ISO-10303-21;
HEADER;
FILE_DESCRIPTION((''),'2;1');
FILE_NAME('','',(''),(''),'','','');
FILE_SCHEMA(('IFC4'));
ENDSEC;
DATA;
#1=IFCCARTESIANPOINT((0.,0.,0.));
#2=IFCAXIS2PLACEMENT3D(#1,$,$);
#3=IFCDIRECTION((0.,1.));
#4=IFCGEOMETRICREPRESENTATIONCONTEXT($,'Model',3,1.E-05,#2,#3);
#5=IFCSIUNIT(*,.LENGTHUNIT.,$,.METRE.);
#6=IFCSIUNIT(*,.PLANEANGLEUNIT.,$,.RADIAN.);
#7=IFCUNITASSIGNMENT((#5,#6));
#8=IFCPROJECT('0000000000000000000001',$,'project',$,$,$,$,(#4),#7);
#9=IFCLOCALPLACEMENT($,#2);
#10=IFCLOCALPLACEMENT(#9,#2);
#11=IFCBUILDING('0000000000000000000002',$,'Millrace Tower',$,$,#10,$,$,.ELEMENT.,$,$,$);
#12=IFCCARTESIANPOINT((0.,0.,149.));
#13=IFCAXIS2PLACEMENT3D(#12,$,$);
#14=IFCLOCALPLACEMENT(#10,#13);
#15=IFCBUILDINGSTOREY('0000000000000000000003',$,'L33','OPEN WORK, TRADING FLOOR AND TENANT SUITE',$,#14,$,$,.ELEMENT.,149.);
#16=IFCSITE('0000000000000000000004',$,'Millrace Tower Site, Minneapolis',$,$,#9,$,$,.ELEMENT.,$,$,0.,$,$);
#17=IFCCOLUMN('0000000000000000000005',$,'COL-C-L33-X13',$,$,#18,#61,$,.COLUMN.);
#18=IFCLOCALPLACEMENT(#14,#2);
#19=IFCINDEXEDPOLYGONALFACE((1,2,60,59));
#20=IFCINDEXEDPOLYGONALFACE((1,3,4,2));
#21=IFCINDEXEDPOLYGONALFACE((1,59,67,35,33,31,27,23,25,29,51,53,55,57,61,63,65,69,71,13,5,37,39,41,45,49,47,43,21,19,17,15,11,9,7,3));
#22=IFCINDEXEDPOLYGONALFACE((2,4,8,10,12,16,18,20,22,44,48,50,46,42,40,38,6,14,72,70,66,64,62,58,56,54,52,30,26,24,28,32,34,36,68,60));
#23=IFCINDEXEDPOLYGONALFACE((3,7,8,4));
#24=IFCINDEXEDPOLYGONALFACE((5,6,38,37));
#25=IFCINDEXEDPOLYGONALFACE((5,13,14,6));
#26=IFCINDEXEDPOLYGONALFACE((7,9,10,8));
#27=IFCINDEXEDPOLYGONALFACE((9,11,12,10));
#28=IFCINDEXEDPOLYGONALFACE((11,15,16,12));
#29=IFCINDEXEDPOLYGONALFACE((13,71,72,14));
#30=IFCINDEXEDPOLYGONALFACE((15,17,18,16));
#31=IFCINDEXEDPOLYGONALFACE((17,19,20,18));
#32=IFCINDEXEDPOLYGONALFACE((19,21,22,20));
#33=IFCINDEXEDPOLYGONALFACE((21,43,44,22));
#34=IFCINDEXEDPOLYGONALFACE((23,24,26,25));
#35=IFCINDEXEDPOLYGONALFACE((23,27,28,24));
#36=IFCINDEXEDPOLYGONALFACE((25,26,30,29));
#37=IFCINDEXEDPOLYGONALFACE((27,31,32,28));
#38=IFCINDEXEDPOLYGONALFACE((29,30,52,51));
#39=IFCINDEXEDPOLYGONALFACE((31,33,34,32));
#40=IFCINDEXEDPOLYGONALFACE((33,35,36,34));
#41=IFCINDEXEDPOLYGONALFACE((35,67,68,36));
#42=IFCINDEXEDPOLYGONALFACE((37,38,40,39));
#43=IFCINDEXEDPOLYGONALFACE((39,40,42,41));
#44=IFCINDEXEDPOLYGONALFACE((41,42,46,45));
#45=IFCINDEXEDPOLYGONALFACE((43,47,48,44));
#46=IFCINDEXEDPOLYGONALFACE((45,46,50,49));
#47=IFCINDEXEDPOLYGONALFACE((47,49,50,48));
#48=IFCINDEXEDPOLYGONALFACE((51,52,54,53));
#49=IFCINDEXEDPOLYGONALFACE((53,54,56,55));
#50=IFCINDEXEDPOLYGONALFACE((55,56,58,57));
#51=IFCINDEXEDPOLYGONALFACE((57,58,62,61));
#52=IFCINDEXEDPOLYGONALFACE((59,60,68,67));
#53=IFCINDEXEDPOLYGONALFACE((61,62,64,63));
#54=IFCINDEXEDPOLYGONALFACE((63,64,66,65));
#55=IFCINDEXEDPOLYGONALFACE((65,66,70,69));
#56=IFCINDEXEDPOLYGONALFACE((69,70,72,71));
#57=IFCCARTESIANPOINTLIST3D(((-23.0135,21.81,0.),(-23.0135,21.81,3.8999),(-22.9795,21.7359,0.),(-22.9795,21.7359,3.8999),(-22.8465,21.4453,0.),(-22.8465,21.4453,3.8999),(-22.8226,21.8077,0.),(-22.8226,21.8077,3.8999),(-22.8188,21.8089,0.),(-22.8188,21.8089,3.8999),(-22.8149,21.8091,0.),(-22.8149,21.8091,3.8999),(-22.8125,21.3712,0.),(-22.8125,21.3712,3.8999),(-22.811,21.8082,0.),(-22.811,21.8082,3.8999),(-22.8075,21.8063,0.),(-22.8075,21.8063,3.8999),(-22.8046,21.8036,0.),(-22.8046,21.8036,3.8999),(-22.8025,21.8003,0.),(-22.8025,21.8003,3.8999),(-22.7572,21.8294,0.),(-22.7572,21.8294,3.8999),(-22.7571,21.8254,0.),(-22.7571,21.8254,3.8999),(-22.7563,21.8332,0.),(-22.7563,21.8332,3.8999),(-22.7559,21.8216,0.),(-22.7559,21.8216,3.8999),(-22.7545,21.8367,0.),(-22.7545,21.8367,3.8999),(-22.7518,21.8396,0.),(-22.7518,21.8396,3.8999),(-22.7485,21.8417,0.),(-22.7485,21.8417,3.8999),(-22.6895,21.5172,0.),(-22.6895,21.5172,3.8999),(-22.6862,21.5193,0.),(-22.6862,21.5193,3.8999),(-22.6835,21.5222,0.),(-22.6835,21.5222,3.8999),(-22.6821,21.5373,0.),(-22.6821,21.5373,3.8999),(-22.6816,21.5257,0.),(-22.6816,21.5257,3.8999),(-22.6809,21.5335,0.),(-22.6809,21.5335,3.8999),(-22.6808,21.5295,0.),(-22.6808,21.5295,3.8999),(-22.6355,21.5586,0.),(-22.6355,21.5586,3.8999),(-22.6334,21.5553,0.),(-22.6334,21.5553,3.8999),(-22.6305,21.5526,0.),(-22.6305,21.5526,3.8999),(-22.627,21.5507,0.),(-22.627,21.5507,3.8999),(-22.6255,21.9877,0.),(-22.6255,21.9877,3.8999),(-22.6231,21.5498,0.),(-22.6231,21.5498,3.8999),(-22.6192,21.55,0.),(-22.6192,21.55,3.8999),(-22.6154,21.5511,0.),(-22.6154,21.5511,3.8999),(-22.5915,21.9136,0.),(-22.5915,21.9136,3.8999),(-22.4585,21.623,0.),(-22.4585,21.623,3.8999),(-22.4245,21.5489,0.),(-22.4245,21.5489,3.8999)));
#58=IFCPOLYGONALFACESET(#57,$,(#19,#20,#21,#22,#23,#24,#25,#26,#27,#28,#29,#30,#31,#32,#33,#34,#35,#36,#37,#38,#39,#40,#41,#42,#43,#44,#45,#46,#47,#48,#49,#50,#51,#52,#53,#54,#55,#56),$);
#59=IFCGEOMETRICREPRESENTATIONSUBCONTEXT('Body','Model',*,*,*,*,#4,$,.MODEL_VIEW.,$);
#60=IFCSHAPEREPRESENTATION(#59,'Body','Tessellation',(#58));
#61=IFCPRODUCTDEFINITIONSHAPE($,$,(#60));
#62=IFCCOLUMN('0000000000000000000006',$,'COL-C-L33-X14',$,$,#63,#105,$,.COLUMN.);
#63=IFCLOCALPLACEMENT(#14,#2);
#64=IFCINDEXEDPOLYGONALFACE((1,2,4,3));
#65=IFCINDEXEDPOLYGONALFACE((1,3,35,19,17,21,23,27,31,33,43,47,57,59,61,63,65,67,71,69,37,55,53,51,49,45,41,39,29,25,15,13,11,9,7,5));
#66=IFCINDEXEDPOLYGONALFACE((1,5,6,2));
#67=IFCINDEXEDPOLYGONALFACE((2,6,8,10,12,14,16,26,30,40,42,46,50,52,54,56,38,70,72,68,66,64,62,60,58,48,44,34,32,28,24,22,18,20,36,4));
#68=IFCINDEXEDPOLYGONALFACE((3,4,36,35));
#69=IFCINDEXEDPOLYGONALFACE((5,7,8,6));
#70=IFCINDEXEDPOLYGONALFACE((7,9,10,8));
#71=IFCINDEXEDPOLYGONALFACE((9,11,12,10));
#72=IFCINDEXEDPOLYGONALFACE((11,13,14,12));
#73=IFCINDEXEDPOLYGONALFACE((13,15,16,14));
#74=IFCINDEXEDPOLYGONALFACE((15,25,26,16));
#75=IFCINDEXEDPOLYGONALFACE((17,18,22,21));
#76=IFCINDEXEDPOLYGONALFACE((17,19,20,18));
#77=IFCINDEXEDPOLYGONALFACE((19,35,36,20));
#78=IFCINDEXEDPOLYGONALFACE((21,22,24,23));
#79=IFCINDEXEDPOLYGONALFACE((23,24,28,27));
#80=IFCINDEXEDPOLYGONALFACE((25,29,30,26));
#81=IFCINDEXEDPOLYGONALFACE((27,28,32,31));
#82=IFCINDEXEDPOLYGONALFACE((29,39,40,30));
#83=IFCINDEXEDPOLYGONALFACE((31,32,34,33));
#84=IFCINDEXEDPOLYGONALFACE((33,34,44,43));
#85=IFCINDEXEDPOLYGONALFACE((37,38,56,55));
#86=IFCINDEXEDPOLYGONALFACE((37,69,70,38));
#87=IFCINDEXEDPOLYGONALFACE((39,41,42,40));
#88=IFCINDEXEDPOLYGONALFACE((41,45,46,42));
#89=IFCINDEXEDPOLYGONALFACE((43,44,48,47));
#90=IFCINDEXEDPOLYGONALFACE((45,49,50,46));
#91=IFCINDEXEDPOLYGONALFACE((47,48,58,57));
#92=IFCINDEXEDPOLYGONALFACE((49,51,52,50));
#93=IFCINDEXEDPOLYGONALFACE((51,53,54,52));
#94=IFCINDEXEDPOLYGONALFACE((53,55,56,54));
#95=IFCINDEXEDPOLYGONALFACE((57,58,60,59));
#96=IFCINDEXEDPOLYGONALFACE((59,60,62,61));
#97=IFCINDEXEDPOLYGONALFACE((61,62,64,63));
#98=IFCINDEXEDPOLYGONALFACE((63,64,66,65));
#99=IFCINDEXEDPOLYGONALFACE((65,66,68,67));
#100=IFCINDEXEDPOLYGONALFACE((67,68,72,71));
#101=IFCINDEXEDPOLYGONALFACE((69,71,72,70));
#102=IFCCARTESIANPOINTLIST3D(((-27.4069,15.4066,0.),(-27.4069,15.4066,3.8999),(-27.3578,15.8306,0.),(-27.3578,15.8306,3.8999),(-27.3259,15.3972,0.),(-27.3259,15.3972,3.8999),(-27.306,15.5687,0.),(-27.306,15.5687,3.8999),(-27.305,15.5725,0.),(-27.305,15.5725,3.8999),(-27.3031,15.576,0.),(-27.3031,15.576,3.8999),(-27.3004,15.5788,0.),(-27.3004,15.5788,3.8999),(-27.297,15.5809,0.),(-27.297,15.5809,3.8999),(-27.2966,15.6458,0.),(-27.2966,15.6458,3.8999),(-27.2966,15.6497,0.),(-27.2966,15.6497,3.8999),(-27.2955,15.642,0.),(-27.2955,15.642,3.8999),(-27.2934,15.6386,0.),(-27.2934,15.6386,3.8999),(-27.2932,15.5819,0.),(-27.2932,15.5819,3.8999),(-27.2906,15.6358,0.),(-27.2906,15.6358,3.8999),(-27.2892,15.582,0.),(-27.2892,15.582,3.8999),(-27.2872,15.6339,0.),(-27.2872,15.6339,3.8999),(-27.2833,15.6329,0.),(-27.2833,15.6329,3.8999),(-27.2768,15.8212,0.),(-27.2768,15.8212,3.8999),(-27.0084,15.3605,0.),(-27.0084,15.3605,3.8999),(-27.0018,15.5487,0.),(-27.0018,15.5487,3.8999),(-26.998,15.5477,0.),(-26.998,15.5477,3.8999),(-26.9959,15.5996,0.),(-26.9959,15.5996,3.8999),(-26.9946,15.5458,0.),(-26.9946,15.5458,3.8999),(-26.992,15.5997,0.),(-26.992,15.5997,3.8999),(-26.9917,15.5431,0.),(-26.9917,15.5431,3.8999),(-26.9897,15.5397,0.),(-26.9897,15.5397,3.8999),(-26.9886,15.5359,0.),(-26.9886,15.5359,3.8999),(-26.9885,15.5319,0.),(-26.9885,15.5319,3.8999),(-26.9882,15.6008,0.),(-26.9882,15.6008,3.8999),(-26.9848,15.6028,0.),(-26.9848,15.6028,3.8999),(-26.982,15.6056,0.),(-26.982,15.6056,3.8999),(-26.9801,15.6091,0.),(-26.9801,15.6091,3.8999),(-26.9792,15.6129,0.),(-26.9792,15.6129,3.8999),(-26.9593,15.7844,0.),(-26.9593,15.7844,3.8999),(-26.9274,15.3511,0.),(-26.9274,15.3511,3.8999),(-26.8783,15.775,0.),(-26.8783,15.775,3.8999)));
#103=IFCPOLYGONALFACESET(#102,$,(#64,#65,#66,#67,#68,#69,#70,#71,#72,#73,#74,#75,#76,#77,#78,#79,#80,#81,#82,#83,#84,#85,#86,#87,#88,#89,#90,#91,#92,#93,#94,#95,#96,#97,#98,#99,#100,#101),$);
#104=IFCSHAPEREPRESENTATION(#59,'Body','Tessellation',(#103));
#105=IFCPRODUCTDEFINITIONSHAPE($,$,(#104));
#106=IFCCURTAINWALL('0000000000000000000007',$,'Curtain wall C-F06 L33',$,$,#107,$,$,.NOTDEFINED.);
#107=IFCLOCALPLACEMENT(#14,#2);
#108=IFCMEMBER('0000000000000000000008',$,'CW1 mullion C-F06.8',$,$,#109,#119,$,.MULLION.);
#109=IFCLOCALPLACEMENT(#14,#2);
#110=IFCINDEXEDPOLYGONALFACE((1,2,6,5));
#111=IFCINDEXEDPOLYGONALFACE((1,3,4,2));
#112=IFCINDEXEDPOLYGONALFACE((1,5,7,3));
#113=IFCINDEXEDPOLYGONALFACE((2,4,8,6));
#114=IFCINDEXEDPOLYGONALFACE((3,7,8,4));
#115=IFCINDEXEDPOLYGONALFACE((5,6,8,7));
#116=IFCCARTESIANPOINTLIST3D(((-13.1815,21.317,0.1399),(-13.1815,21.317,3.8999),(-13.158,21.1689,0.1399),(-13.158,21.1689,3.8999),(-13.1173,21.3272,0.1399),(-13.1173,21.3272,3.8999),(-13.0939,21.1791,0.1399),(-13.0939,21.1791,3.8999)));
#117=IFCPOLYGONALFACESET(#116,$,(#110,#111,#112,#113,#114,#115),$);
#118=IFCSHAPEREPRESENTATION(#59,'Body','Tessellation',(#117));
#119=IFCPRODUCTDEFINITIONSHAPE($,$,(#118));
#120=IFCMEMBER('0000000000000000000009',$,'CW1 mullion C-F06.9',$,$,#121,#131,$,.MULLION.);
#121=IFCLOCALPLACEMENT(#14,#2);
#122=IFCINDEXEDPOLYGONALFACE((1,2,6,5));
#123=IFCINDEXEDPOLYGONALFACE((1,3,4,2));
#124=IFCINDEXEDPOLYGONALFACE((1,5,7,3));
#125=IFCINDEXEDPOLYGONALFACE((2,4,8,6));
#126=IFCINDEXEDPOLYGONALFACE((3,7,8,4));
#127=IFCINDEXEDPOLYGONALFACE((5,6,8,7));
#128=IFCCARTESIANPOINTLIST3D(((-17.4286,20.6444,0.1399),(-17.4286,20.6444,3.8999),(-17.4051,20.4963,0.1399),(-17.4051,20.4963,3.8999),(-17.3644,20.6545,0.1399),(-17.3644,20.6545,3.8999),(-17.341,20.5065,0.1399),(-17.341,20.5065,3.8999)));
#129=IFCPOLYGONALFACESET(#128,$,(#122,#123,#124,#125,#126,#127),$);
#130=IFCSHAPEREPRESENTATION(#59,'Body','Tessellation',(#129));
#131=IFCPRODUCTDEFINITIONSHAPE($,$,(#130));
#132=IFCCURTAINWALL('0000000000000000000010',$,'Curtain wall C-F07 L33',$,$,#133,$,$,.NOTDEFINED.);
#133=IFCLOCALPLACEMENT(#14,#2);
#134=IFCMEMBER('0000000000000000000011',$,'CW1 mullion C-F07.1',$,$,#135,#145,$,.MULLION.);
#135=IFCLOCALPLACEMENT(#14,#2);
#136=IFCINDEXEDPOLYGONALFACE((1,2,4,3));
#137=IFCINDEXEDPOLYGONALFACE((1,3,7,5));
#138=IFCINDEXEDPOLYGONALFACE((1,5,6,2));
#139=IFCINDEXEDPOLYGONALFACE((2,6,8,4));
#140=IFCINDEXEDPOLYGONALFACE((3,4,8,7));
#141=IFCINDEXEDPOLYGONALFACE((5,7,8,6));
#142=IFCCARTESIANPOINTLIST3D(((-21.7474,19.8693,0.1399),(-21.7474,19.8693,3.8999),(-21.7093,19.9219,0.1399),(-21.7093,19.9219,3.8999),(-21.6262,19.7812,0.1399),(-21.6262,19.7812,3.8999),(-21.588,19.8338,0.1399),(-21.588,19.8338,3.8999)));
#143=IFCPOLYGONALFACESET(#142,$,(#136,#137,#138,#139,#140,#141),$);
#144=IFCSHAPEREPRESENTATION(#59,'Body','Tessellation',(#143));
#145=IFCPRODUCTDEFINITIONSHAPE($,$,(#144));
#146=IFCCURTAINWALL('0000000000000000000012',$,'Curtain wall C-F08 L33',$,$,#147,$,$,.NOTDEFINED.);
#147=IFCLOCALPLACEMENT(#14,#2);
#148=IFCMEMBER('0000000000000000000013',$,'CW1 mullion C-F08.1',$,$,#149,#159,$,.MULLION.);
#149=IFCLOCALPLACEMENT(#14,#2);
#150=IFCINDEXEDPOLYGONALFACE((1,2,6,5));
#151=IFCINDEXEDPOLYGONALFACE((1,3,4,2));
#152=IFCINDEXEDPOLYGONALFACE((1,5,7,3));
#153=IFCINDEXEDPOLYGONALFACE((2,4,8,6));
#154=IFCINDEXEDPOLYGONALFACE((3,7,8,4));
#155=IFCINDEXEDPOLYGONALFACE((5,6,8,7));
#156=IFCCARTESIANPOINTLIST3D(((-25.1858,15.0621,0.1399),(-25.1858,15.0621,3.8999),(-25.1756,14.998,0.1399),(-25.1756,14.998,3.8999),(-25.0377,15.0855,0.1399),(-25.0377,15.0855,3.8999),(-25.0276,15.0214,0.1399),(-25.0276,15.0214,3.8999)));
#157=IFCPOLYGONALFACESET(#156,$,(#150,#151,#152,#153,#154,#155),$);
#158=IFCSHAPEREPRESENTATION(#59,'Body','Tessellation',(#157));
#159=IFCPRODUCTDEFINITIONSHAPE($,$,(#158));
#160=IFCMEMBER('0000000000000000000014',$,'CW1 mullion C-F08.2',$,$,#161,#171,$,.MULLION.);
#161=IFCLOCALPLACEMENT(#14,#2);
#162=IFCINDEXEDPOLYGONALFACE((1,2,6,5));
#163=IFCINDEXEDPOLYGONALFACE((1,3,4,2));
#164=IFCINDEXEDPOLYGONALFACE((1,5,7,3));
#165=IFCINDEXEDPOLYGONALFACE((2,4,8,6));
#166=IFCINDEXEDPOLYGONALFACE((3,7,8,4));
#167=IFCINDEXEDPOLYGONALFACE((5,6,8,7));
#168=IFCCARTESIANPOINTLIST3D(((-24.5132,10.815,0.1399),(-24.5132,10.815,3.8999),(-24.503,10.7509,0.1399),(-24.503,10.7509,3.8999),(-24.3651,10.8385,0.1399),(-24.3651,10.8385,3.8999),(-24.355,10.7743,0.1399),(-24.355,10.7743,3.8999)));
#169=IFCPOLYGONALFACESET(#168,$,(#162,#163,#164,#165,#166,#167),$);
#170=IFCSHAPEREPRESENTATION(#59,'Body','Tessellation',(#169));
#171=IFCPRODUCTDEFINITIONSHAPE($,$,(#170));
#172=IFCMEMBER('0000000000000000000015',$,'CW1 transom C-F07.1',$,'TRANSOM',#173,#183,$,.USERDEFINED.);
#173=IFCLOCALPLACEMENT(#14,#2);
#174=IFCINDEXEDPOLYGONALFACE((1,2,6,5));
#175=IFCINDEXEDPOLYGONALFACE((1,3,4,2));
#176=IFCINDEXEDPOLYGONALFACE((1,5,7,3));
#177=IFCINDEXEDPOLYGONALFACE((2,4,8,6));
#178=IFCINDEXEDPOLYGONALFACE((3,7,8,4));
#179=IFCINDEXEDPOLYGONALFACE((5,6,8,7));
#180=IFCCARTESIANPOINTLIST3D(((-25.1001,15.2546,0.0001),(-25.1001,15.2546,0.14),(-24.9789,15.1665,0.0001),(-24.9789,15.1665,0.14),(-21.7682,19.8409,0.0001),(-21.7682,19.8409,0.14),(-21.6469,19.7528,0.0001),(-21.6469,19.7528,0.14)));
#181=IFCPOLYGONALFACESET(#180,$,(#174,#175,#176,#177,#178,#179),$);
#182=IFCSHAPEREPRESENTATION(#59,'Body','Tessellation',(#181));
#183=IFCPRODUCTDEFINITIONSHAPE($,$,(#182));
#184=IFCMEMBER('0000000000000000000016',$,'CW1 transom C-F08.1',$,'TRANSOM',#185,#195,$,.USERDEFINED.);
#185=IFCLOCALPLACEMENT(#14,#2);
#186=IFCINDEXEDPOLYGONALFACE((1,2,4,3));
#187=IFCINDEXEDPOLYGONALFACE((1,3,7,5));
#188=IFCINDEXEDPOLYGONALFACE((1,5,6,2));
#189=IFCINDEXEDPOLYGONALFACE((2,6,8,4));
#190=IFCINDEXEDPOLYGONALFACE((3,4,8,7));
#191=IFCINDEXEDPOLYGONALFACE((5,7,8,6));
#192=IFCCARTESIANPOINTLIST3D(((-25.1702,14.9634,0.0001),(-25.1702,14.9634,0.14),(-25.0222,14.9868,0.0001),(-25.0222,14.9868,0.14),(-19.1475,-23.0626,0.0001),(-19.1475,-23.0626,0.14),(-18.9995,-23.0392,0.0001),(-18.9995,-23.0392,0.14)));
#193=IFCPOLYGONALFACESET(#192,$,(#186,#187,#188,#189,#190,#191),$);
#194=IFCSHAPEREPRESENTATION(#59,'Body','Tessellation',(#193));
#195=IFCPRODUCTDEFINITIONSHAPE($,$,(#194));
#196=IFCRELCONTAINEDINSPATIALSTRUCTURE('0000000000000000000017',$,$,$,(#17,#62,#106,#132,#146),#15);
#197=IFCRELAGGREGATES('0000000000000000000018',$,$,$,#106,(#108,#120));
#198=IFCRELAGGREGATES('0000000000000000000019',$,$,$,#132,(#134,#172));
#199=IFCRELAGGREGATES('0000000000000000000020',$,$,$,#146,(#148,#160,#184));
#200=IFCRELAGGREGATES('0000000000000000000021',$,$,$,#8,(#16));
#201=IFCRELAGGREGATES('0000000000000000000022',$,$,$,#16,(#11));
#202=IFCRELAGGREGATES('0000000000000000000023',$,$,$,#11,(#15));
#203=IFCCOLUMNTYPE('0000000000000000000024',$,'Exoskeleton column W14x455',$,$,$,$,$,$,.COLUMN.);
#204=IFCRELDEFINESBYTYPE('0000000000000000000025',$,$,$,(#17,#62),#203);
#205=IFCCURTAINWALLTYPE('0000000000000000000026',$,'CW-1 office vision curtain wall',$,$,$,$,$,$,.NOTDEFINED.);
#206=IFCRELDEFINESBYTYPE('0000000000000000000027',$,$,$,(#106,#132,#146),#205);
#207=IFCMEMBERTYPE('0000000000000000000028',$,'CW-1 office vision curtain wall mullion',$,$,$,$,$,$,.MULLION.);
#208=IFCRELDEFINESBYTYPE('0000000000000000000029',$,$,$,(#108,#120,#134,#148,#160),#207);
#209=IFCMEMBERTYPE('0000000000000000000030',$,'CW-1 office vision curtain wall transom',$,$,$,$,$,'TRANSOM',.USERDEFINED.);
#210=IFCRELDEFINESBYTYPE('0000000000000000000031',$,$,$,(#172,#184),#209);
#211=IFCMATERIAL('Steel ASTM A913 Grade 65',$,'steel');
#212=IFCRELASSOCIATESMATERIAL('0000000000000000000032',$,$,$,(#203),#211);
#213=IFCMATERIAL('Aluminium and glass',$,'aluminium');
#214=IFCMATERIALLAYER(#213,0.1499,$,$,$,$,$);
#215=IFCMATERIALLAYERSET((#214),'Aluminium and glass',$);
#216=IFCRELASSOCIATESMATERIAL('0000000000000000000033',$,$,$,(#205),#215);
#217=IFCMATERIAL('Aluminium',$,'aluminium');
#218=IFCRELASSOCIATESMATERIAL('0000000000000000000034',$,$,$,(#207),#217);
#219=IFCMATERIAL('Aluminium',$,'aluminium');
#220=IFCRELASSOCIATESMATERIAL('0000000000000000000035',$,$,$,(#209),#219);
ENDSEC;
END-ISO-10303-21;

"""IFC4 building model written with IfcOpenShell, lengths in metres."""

from ifc_helpers import new_model, si_unit, direction, frame, origin, origin_2d, place, context, subcontext, project, spatial, rectangle, i_section, extrude, material, layer, layer_set, material_profile, profile_set, type_object, element, aggregate, save


model = new_model("IFC4")

# Units and contexts
model_context = context("Model", 3, precision=1e-05, world=origin(), true_north=direction((0.0, 1.0)))
body_context = subcontext(model_context, "Body", "Model", "MODEL_VIEW")
ifc_project = project(units=[si_unit("LENGTHUNIT", "METRE"), si_unit("PLANEANGLEUNIT", "RADIAN")], contexts=[model_context])

# Site, building, storey
site_placement = place(None, origin())
site = spatial("IfcSite", under=ifc_project, at=site_placement, Name="Millrace Tower Site, Minneapolis", CompositionType="ELEMENT", RefElevation=0.0)
building_placement = place(site_placement, origin())
building = spatial("IfcBuilding", under=site, at=building_placement, Name="Millrace Tower", CompositionType="ELEMENT")
storey_placement = place(building_placement, frame((0.0, 0.0, 149.0)))
storey = spatial("IfcBuildingStorey", under=building, at=storey_placement, Name="L33", Description="OPEN WORK, TRADING FLOOR AND TENANT SUITE", CompositionType="ELEMENT", Elevation=149.0)

# Columns
ifc_material_1 = material(Name="Steel ASTM A913 Grade 65", Category="steel")
ifc_material_profile_1 = material_profile(ifc_material_1, i_section(OverallWidth=0.4268, OverallDepth=0.4827, WebThickness=0.0513, FlangeThickness=0.0815, FilletRadius=0.0151, at=origin_2d()))
ifc_profile_set_1 = profile_set([ifc_material_profile_1], Name="Steel ASTM A913 Grade 65")
column_type = type_object("IfcColumnType", Name="Exoskeleton column W14x455", PredefinedType="COLUMN", material=ifc_profile_set_1)
for number, where, z_axis, x_axis, name in (
    (1, (-22.719, 21.6794, 0.0), (0.0, 0.0, 1.0), (-0.909181, -0.416401, 0.0), "COL-C-L33-X13"),
    (2, (-27.1426, 15.5908, 0.0), (0.0, 0.0, 1.0), (-0.115069, -0.993358, 0.0), "COL-C-L33-X14"),
):
    element("IfcColumn", number, at=place(storey_placement, frame(where, z_axis=z_axis, x_axis=x_axis)), inside=storey, type_object=column_type, Name=name, PredefinedType="COLUMN", context=body_context, shape_type="SweptSolid", body=[
        extrude(i_section(OverallWidth=0.4268, OverallDepth=0.4827, WebThickness=0.0513, FlangeThickness=0.0815, FilletRadius=0.0151, at=origin_2d()), origin(), (0.0, 0.0, 1.0), 3.8999),
    ])

# Curtain wall, members
ifc_material_2 = material(Name="Aluminium and glass", Category="aluminium")
ifc_layer_1 = layer(ifc_material_2, 0.1499)
ifc_layer_set_1 = layer_set([ifc_layer_1], Name="Aluminium and glass")
curtain_wall_type = type_object("IfcCurtainWallType", Name="CW-1 office vision curtain wall", PredefinedType="NOTDEFINED", material=ifc_layer_set_1)
placement = place(storey_placement, origin())
curtain_wall_1 = element("IfcCurtainWall", 3, at=placement, inside=storey, type_object=curtain_wall_type, Name="Curtain wall C-F06 L33", PredefinedType="NOTDEFINED")
ifc_material_3 = material(Name="Aluminium", Category="aluminium")
ifc_material_profile_2 = material_profile(ifc_material_3, rectangle(XDim=0.0649, YDim=0.1499, at=origin_2d()))
ifc_profile_set_2 = profile_set([ifc_material_profile_2], Name="Aluminium")
member_type_1 = type_object("IfcMemberType", Name="CW-1 office vision curtain wall mullion", PredefinedType="MULLION", material=ifc_profile_set_2)
member_1_placement = place(storey_placement, frame((-13.1377, 21.248, 0.1399), z_axis=(0.0, 0.0, 1.0), x_axis=(-0.987688, -0.156434, 0.0)))
member_1 = element("IfcMember", 4, at=member_1_placement, type_object=member_type_1, Name="CW1 mullion C-F06.8", PredefinedType="MULLION", context=body_context, shape_type="SweptSolid", body=[
    extrude(rectangle(XDim=0.0649, YDim=0.1499, at=origin_2d()), origin(), (0.0, 0.0, 1.0), 3.76),
])
member_2_placement = place(storey_placement, frame((-17.3848, 20.5754, 0.1399), z_axis=(0.0, 0.0, 1.0), x_axis=(-0.987688, -0.156434, 0.0)))
member_2 = element("IfcMember", 5, at=member_2_placement, type_object=member_type_1, Name="CW1 mullion C-F06.9", PredefinedType="MULLION", context=body_context, shape_type="SweptSolid", body=[
    extrude(rectangle(XDim=0.0649, YDim=0.1499, at=origin_2d()), origin(), (0.0, 0.0, 1.0), 3.76),
])
aggregate(curtain_wall_1, [member_1, member_2])

# Curtain wall, member
curtain_wall_2 = element("IfcCurtainWall", 6, at=placement, inside=storey, type_object=curtain_wall_type, Name="Curtain wall C-F07 L33", PredefinedType="NOTDEFINED")
member_3_placement = place(storey_placement, frame((-21.6677, 19.8516, 0.1399), z_axis=(0.0, 0.0, 1.0), x_axis=(-0.587785, -0.809017, 0.0)))
member_3 = element("IfcMember", 7, at=member_3_placement, type_object=member_type_1, Name="CW1 mullion C-F07.1", PredefinedType="MULLION", context=body_context, shape_type="SweptSolid", body=[
    extrude(rectangle(XDim=0.0649, YDim=0.1499, at=origin_2d()), origin(), (0.0, 0.0, 1.0), 3.76),
])

# Curtain wall, members
curtain_wall_3 = element("IfcCurtainWall", 8, at=placement, inside=storey, type_object=curtain_wall_type, Name="Curtain wall C-F08 L33", PredefinedType="NOTDEFINED")
member_4_placement = place(storey_placement, frame((-25.1067, 15.0417, 0.1399), z_axis=(0.0, 0.0, 1.0), x_axis=(0.156434, -0.987688, 0.0)))
member_4 = element("IfcMember", 9, at=member_4_placement, type_object=member_type_1, Name="CW1 mullion C-F08.1", PredefinedType="MULLION", context=body_context, shape_type="SweptSolid", body=[
    extrude(rectangle(XDim=0.0649, YDim=0.1499, at=origin_2d()), origin(), (0.0, 0.0, 1.0), 3.76),
])
member_5_placement = place(storey_placement, frame((-24.4341, 10.7947, 0.1399), z_axis=(0.0, 0.0, 1.0), x_axis=(0.156434, -0.987688, 0.0)))
member_5 = element("IfcMember", 10, at=member_5_placement, type_object=member_type_1, Name="CW1 mullion C-F08.2", PredefinedType="MULLION", context=body_context, shape_type="SweptSolid", body=[
    extrude(rectangle(XDim=0.0649, YDim=0.1499, at=origin_2d()), origin(), (0.0, 0.0, 1.0), 3.76),
])

# Members
ifc_material_4 = material(Name="Aluminium", Category="aluminium")
ifc_material_profile_3 = material_profile(ifc_material_4, rectangle(XDim=0.1499, YDim=0.1399, at=origin_2d()))
ifc_profile_set_3 = profile_set([ifc_material_profile_3], Name="Aluminium")
member_type_2 = type_object("IfcMemberType", Name="CW-1 office vision curtain wall transom", ElementType="TRANSOM", PredefinedType="USERDEFINED", material=ifc_profile_set_3)
member_6_placement = place(storey_placement, frame((-21.7075, 19.7969, 0.0701), z_axis=(-0.587762, -0.809034, 0.0), x_axis=(0.809034, -0.587762, 0.0)))
member_6 = element("IfcMember", 11, at=member_6_placement, type_object=member_type_2, Name="CW1 transom C-F07.1", ObjectType="TRANSOM", PredefinedType="USERDEFINED", context=body_context, shape_type="SweptSolid", body=[
    extrude(rectangle(XDim=0.1499, YDim=0.1399, at=origin_2d()), origin(), (0.0, 0.0, 1.0), 5.6689),
])
aggregate(curtain_wall_2, [member_3, member_6])
member_7_placement = place(storey_placement, frame((-25.0962, 14.9751, 0.0701), z_axis=(0.156433, -0.987689, 0.0), x_axis=(0.987689, 0.156433, 0.0)))
member_7 = element("IfcMember", 12, at=member_7_placement, type_object=member_type_2, Name="CW1 transom C-F08.1", ObjectType="TRANSOM", PredefinedType="USERDEFINED", context=body_context, shape_type="SweptSolid", body=[
    extrude(rectangle(XDim=0.1499, YDim=0.1399, at=origin_2d()), origin(), (0.0, 0.0, 1.0), 38.5),
])
aggregate(curtain_wall_3, [member_4, member_5, member_7])

save(model, "model.ifc")
